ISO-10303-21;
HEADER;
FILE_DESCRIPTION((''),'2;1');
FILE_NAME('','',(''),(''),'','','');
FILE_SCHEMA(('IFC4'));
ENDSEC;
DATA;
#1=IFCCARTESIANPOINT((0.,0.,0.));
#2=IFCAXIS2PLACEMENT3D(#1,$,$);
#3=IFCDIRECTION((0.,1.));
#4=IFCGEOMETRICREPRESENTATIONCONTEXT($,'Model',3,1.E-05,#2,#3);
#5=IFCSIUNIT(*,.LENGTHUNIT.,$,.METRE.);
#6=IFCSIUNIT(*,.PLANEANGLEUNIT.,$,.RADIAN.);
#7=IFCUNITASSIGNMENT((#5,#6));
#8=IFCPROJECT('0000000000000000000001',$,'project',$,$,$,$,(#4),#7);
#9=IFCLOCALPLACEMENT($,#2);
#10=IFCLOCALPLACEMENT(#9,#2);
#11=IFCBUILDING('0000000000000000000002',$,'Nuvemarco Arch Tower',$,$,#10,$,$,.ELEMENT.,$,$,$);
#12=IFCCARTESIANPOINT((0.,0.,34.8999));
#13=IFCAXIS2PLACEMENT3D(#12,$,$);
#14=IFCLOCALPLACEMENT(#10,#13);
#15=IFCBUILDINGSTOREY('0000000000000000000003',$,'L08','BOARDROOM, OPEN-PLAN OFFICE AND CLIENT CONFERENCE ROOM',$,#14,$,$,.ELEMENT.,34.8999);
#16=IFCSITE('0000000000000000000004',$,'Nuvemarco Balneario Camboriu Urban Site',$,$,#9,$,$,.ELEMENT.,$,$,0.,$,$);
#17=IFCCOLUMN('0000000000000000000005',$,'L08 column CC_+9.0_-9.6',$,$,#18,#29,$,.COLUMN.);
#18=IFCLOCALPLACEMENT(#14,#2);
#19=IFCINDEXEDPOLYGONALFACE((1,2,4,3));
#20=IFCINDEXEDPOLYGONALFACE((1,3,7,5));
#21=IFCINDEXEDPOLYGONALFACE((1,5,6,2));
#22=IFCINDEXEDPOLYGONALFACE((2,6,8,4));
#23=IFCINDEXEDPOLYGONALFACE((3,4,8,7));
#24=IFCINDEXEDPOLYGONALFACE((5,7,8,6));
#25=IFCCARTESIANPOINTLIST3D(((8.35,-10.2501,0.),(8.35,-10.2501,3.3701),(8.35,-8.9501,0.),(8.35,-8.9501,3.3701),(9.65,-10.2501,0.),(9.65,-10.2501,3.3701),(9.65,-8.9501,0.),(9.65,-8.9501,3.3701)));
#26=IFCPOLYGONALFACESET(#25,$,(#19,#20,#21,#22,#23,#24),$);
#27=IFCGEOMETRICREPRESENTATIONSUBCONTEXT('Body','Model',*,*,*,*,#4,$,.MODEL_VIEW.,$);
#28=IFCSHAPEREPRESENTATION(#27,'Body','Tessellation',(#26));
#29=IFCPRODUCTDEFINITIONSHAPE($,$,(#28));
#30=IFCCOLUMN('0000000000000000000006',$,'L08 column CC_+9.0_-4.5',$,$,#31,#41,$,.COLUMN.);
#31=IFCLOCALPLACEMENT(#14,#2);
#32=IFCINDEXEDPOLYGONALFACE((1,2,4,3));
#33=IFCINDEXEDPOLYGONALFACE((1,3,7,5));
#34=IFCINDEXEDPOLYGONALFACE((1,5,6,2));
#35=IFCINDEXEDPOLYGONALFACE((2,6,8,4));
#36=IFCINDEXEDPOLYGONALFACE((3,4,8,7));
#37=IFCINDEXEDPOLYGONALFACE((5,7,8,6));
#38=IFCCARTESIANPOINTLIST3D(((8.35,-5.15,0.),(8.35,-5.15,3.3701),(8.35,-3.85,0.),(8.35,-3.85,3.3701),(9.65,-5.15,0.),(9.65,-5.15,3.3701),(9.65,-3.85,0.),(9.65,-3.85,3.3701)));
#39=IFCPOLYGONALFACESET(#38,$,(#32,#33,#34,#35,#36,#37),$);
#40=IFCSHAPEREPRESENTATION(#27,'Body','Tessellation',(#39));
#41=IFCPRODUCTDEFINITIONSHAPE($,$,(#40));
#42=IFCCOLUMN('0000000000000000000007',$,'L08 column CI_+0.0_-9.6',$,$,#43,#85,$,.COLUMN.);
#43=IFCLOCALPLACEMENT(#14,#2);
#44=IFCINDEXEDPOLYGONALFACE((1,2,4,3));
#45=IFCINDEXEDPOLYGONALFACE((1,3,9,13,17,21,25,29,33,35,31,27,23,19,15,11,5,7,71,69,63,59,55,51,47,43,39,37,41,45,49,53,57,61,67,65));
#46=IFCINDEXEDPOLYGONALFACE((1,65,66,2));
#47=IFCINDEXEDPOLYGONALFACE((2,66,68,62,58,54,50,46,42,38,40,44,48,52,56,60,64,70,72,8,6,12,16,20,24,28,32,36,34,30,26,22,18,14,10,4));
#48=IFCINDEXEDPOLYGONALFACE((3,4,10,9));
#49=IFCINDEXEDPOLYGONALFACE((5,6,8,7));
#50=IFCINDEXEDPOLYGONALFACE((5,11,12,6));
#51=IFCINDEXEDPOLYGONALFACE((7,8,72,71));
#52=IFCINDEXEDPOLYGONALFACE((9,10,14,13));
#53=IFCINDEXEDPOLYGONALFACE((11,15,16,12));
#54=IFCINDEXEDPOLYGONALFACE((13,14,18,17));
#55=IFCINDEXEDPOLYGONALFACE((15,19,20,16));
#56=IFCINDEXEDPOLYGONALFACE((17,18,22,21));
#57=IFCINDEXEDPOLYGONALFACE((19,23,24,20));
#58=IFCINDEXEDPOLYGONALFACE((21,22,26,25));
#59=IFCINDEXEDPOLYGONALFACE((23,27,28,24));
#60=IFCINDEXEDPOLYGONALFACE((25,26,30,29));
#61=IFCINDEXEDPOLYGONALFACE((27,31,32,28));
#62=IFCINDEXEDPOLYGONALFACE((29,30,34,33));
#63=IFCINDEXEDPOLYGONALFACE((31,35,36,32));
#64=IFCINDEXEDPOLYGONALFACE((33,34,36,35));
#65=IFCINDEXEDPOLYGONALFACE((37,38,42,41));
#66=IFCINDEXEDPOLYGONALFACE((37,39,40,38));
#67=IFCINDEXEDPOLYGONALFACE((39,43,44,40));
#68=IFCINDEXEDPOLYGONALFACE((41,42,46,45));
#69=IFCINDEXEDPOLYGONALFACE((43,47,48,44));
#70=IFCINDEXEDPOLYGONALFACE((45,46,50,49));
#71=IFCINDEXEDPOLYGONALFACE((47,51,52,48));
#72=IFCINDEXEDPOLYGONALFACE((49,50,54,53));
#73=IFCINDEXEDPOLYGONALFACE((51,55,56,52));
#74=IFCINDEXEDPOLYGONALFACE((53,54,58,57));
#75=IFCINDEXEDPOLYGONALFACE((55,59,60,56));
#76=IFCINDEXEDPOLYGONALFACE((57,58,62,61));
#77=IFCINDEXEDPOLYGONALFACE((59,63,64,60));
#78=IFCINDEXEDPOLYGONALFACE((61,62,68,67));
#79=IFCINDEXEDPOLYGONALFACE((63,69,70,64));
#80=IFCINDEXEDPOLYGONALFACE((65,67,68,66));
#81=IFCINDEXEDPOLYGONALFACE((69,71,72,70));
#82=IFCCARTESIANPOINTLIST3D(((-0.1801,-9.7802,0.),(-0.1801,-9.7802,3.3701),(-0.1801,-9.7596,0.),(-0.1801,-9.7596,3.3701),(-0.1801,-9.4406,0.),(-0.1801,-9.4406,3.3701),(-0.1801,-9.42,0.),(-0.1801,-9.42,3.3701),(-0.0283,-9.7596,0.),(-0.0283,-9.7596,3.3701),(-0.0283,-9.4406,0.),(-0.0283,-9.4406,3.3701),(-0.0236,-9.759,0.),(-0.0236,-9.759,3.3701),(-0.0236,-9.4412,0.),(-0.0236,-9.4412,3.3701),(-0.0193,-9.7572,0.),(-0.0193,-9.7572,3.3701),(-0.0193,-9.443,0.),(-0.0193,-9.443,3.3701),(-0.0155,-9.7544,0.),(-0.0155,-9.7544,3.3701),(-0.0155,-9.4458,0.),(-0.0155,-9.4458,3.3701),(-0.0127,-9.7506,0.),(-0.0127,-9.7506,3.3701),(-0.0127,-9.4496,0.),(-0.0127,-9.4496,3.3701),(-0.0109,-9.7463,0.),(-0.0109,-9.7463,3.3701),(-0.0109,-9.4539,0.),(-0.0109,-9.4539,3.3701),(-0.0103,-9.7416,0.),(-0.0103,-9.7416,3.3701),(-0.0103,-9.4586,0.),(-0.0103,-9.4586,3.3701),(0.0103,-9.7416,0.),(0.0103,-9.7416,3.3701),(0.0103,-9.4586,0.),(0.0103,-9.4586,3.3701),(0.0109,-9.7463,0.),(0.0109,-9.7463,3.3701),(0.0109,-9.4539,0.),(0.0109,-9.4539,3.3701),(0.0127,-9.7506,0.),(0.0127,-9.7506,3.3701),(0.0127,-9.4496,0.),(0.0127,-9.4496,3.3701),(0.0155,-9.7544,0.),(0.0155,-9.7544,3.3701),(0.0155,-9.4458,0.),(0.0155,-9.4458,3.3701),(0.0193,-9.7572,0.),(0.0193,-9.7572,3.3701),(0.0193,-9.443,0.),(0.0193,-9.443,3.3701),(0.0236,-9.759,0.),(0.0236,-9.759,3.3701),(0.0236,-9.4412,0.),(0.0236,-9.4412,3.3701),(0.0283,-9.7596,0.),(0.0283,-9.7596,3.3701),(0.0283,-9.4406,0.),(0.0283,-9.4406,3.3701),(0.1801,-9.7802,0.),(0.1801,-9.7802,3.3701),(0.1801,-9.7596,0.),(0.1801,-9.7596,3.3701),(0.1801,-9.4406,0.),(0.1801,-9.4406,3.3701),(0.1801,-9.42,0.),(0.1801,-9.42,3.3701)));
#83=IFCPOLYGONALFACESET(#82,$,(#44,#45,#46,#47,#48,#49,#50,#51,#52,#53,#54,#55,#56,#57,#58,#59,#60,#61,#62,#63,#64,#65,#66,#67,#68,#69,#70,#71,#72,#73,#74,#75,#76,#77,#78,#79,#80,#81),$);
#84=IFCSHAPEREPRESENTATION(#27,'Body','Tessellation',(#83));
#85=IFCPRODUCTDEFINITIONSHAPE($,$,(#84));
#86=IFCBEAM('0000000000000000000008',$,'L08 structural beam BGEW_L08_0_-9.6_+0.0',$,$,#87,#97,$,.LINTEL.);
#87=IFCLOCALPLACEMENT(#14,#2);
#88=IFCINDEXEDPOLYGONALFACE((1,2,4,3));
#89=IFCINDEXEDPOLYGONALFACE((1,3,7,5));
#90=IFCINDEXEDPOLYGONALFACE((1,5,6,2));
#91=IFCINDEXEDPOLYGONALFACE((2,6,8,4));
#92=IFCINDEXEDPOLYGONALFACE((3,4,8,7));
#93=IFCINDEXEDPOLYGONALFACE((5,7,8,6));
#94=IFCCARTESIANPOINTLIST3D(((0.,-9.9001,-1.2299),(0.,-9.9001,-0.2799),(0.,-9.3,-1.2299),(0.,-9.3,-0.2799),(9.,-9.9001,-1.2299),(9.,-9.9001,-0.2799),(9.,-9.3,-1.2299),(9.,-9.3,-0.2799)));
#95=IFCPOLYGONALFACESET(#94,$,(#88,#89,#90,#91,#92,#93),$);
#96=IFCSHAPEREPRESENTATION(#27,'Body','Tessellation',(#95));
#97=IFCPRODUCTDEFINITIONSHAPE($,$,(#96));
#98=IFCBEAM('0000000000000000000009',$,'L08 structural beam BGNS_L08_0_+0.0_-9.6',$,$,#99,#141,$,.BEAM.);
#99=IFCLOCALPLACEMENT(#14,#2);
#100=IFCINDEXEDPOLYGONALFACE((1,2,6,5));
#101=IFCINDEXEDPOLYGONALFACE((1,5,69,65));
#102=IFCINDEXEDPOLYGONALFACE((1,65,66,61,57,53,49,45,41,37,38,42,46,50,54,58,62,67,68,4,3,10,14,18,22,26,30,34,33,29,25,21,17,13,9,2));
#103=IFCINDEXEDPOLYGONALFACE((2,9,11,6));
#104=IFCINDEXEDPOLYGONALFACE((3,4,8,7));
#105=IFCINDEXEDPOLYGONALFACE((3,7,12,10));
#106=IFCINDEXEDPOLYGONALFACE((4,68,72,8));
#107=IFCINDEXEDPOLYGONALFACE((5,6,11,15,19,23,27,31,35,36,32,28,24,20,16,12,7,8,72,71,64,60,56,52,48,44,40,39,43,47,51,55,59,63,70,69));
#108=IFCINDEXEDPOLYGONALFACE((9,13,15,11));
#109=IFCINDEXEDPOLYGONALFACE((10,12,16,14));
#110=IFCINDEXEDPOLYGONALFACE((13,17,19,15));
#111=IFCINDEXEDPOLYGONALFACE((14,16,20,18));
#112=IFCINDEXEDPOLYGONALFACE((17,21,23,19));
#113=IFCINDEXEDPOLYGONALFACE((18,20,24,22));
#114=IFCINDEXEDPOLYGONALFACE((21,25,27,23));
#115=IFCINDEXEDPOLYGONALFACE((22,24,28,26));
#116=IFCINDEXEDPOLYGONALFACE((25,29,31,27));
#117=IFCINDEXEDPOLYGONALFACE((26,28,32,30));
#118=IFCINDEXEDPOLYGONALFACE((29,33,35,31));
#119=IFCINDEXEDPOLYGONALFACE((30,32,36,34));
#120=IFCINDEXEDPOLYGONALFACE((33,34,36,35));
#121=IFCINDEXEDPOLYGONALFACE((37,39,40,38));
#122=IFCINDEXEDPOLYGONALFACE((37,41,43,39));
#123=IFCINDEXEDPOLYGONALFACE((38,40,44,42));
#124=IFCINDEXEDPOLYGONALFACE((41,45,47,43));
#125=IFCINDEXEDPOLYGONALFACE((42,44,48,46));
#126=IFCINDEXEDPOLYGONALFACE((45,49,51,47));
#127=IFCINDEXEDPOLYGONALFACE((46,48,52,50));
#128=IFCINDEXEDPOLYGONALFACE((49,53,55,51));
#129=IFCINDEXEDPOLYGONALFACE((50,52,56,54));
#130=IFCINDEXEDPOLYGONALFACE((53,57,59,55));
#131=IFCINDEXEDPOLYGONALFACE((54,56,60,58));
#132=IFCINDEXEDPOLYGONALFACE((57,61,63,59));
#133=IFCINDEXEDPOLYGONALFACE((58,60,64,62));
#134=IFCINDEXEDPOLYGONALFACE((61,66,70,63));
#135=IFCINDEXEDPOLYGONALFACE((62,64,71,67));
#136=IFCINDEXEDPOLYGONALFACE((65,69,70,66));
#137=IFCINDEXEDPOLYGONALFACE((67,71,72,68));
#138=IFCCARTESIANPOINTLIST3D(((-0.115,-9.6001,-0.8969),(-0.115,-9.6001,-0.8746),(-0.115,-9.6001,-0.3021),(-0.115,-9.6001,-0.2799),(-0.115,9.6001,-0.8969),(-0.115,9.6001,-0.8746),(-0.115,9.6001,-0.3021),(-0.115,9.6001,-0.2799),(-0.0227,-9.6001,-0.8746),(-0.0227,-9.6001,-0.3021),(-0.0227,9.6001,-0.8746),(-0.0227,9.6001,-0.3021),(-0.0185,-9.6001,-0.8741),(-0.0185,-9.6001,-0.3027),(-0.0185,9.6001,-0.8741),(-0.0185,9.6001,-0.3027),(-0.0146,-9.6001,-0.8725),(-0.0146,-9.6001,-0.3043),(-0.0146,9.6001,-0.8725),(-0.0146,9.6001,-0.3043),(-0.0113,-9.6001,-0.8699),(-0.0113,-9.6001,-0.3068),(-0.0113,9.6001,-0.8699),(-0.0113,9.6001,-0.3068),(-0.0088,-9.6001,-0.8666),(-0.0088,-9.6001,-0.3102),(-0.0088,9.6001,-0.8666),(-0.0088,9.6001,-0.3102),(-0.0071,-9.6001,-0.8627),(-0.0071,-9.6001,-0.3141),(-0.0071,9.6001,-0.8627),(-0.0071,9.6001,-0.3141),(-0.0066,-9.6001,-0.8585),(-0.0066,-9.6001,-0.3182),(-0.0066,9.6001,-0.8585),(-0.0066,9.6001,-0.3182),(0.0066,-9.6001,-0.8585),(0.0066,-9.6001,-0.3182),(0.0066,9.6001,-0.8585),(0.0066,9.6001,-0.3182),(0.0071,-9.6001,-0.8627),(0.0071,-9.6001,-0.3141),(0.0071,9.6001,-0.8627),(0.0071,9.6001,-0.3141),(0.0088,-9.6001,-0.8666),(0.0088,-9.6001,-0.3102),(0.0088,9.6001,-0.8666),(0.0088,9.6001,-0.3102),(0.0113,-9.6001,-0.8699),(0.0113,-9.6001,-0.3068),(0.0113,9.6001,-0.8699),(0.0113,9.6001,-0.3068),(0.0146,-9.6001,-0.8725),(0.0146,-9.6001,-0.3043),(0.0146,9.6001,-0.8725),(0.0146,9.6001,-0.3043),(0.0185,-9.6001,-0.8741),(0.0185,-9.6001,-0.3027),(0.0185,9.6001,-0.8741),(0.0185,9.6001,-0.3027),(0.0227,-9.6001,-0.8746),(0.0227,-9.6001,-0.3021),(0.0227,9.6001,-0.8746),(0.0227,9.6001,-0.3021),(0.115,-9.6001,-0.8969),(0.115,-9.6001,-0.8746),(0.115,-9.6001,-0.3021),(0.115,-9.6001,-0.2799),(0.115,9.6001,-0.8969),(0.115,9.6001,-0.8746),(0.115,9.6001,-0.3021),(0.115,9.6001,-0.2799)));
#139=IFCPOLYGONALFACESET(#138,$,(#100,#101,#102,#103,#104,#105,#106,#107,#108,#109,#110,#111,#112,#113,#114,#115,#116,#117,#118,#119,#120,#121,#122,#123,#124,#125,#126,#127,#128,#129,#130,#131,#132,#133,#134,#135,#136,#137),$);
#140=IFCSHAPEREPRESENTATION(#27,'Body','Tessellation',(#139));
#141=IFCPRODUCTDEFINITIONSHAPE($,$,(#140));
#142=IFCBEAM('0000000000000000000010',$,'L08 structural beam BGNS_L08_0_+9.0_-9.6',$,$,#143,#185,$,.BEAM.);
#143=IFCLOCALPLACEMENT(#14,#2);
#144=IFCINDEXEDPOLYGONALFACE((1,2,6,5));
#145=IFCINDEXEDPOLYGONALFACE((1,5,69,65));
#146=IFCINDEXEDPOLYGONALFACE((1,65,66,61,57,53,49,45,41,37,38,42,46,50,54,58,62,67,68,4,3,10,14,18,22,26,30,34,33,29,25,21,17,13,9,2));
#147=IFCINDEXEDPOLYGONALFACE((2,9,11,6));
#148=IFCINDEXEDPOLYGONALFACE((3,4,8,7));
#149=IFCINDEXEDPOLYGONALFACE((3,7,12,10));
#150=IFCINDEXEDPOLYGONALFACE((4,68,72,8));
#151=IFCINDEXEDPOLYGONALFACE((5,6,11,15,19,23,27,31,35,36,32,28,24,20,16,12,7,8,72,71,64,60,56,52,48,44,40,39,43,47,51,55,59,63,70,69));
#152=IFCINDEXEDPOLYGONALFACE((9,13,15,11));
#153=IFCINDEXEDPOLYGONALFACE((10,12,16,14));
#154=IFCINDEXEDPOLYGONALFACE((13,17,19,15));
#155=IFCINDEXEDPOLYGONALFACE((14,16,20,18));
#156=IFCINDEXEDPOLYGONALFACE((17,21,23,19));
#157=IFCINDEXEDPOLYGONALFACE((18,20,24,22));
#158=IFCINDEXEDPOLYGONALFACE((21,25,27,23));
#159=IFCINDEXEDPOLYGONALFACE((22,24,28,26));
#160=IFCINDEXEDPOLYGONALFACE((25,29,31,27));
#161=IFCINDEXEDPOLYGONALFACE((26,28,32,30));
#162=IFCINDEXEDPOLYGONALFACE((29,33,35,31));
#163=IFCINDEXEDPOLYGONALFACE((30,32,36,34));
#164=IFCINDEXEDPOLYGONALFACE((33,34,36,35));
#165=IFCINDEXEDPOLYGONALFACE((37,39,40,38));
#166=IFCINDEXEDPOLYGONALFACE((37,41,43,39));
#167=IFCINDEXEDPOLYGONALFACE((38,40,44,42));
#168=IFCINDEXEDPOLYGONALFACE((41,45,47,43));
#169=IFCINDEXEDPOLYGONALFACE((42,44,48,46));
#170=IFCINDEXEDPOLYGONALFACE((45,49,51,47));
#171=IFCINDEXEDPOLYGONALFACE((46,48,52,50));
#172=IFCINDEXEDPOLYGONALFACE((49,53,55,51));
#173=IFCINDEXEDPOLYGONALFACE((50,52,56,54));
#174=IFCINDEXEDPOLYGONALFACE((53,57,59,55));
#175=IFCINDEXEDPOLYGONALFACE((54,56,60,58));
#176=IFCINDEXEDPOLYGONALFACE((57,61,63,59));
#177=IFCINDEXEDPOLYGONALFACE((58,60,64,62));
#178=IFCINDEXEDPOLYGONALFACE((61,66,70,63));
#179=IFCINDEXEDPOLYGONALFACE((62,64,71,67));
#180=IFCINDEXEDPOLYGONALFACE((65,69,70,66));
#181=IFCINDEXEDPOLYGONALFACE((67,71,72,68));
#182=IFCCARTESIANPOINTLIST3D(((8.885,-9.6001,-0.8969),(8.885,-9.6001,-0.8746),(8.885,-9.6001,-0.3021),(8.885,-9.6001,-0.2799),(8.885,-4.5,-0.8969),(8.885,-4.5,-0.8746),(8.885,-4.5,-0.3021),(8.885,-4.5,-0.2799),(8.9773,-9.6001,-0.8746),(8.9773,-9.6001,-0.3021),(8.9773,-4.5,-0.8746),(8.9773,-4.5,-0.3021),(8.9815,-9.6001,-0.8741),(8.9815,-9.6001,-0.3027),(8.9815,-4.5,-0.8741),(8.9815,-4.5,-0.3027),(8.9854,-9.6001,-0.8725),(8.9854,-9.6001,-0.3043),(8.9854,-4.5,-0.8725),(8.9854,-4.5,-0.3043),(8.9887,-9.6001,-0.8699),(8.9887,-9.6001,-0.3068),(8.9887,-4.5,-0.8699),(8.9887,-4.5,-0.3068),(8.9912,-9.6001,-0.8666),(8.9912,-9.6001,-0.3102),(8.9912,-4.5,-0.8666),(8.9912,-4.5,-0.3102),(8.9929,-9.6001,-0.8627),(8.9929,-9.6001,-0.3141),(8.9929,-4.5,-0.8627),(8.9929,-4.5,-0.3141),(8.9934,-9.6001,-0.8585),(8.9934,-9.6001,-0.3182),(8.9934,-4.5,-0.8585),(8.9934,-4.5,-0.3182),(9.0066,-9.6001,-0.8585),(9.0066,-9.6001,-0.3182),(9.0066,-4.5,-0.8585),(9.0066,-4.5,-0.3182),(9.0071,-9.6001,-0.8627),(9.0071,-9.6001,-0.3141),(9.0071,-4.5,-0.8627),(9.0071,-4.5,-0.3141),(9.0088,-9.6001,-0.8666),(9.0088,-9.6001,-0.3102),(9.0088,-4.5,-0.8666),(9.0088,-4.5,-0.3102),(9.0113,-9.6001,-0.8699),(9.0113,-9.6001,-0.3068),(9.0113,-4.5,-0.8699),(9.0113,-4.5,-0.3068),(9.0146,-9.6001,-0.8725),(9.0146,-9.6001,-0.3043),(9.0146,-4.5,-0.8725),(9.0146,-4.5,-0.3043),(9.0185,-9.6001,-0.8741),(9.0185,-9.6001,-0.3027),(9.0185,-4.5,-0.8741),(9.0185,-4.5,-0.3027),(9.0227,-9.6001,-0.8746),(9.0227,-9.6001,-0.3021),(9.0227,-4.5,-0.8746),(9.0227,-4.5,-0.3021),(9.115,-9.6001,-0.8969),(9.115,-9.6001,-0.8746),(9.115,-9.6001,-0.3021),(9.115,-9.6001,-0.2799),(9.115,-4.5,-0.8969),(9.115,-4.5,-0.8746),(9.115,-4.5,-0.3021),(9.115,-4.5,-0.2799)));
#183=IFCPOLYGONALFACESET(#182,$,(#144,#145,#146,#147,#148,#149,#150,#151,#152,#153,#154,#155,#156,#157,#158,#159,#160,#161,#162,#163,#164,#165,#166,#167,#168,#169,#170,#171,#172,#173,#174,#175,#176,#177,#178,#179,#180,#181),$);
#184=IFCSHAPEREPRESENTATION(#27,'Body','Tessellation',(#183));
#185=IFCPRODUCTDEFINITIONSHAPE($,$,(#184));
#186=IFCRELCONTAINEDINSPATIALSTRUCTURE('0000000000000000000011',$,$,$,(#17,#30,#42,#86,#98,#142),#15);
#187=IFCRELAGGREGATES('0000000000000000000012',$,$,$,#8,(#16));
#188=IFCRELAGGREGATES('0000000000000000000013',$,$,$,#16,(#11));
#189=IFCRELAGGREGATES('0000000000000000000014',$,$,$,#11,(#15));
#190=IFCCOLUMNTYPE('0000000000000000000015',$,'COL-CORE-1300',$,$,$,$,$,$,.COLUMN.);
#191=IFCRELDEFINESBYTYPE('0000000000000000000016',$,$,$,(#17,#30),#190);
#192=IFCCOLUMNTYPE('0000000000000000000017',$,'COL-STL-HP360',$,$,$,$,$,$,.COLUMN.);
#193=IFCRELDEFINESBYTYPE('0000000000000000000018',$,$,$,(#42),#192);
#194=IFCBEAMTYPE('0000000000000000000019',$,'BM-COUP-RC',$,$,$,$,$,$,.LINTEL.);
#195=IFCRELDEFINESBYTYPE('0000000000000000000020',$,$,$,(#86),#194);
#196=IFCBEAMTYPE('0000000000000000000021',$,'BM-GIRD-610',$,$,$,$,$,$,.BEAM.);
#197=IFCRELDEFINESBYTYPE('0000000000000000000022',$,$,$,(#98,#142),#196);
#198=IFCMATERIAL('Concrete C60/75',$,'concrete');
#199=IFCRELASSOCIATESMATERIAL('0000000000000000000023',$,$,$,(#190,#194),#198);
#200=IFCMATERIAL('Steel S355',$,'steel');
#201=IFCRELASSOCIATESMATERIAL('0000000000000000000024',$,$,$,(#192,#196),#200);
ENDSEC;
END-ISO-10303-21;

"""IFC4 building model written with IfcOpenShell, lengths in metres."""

from ifc_helpers import new_model, si_unit, direction, frame, origin, origin_2d, place, context, subcontext, project, spatial, rectangle, i_section, extrude, material, material_profile, profile_set, type_object, element, save


model = new_model("IFC4")

# Units and contexts
model_context = context("Model", 3, precision=1e-05, world=origin(), true_north=direction((0.0, 1.0)))
body_context = subcontext(model_context, "Body", "Model", "MODEL_VIEW")
ifc_project = project(units=[si_unit("LENGTHUNIT", "METRE"), si_unit("PLANEANGLEUNIT", "RADIAN")], contexts=[model_context])

# Site, building, storey
site_placement = place(None, origin())
site = spatial("IfcSite", under=ifc_project, at=site_placement, Name="Nuvemarco Balneario Camboriu Urban Site", CompositionType="ELEMENT", RefElevation=0.0)
building_placement = place(site_placement, origin())
building = spatial("IfcBuilding", under=site, at=building_placement, Name="Nuvemarco Arch Tower", CompositionType="ELEMENT")
storey_placement = place(building_placement, frame((0.0, 0.0, 34.8999)))
storey = spatial("IfcBuildingStorey", under=building, at=storey_placement, Name="L08", Description="BOARDROOM, OPEN-PLAN OFFICE AND CLIENT CONFERENCE ROOM", CompositionType="ELEMENT", Elevation=34.8999)

# Columns
ifc_material_1 = material(Name="Concrete C60/75", Category="concrete")
ifc_material_profile_1 = material_profile(ifc_material_1, rectangle(XDim=1.3, YDim=1.3, at=origin_2d()), Name="RC-COL-1300x1300")
ifc_profile_set_1 = profile_set([ifc_material_profile_1], Name="Concrete C60/75")
column_type_1 = type_object("IfcColumnType", Name="COL-CORE-1300", PredefinedType="COLUMN", material=ifc_profile_set_1)
for number, where, z_axis, x_axis, name in (
    (1, (9.0, -9.6001, 0.0), (0.0, 0.0, 1.0), (1.0, 0.0, 0.0), "L08 column CC_+9.0_-9.6"),
    (2, (9.0, -4.5, 0.0), (0.0, 0.0, 1.0), (1.0, 0.0, 0.0), "L08 column CC_+9.0_-4.5"),
):
    element("IfcColumn", number, at=place(storey_placement, frame(where, z_axis=z_axis, x_axis=x_axis)), inside=storey, type_object=column_type_1, Name=name, PredefinedType="COLUMN", context=body_context, shape_type="SweptSolid", body=[
        extrude(rectangle(XDim=1.3, YDim=1.3, at=origin_2d()), origin(), (0.0, 0.0, 1.0), 3.3701),
    ])
ifc_material_2 = material(Name="Steel S355", Category="steel")
ifc_material_profile_2 = material_profile(ifc_material_2, i_section(OverallWidth=0.3601, OverallDepth=0.3601, WebThickness=0.0205, FlangeThickness=0.0205, FilletRadius=0.0181, at=origin_2d()), Name="HP360x174")
ifc_profile_set_2 = profile_set([ifc_material_profile_2], Name="Steel S355")
column_type_2 = type_object("IfcColumnType", Name="COL-STL-HP360", PredefinedType="COLUMN", material=ifc_profile_set_2)
column_placement = place(storey_placement, frame((0.0, -9.6001, 0.0), z_axis=(0.0, 0.0, 1.0), x_axis=(1.0, 0.0, 0.0)))
element("IfcColumn", 3, at=column_placement, inside=storey, type_object=column_type_2, Name="L08 column CI_+0.0_-9.6", PredefinedType="COLUMN", context=body_context, shape_type="SweptSolid", body=[
    extrude(i_section(OverallWidth=0.3601, OverallDepth=0.3601, WebThickness=0.0205, FlangeThickness=0.0205, FilletRadius=0.0181, at=origin_2d()), origin(), (0.0, 0.0, 1.0), 3.3701),
])

# Beams
ifc_material_profile_3 = material_profile(ifc_material_1, rectangle(XDim=0.6001, YDim=0.95, at=origin_2d()), Name="RC-BM-600x950")
ifc_profile_set_3 = profile_set([ifc_material_profile_3], Name="Concrete C60/75")
beam_type_1 = type_object("IfcBeamType", Name="BM-COUP-RC", PredefinedType="LINTEL", material=ifc_profile_set_3)
beam_1_placement = place(storey_placement, frame((0.0, -9.6001, -0.7549), z_axis=(1.0, 0.0, 0.0), x_axis=(0.0, 1.0, 0.0)))
element("IfcBeam", 4, at=beam_1_placement, inside=storey, type_object=beam_type_1, Name="L08 structural beam BGEW_L08_0_-9.6_+0.0", PredefinedType="LINTEL", context=body_context, shape_type="SweptSolid", body=[
    extrude(rectangle(XDim=0.6001, YDim=0.95, at=origin_2d()), origin(), (0.0, 0.0, 1.0), 9.0),
])
ifc_material_profile_4 = material_profile(ifc_material_2, i_section(OverallWidth=0.23, OverallDepth=0.6169, WebThickness=0.0132, FlangeThickness=0.0222, FilletRadius=0.0161, at=origin_2d()), Name="W610x140")
ifc_profile_set_4 = profile_set([ifc_material_profile_4], Name="Steel S355")
beam_type_2 = type_object("IfcBeamType", Name="BM-GIRD-610", PredefinedType="BEAM", material=ifc_profile_set_4)
beam_2_placement = place(storey_placement, frame((0.0, -9.6001, -0.5884), z_axis=(0.0, 1.0, 0.0), x_axis=(-1.0, 0.0, 0.0)))
element("IfcBeam", 5, at=beam_2_placement, inside=storey, type_object=beam_type_2, Name="L08 structural beam BGNS_L08_0_+0.0_-9.6", PredefinedType="BEAM", context=body_context, shape_type="SweptSolid", body=[
    extrude(i_section(OverallWidth=0.23, OverallDepth=0.6169, WebThickness=0.0132, FlangeThickness=0.0222, FilletRadius=0.0161, at=origin_2d()), origin(), (0.0, 0.0, 1.0), 19.2002),
])
beam_3_placement = place(storey_placement, frame((9.0, -9.6001, -0.5884), z_axis=(0.0, 1.0, 0.0), x_axis=(-1.0, 0.0, 0.0)))
element("IfcBeam", 6, at=beam_3_placement, inside=storey, type_object=beam_type_2, Name="L08 structural beam BGNS_L08_0_+9.0_-9.6", PredefinedType="BEAM", context=body_context, shape_type="SweptSolid", body=[
    extrude(i_section(OverallWidth=0.23, OverallDepth=0.6169, WebThickness=0.0132, FlangeThickness=0.0222, FilletRadius=0.0161, at=origin_2d()), origin(), (0.0, 0.0, 1.0), 5.1001),
])

save(model, "model.ifc")
